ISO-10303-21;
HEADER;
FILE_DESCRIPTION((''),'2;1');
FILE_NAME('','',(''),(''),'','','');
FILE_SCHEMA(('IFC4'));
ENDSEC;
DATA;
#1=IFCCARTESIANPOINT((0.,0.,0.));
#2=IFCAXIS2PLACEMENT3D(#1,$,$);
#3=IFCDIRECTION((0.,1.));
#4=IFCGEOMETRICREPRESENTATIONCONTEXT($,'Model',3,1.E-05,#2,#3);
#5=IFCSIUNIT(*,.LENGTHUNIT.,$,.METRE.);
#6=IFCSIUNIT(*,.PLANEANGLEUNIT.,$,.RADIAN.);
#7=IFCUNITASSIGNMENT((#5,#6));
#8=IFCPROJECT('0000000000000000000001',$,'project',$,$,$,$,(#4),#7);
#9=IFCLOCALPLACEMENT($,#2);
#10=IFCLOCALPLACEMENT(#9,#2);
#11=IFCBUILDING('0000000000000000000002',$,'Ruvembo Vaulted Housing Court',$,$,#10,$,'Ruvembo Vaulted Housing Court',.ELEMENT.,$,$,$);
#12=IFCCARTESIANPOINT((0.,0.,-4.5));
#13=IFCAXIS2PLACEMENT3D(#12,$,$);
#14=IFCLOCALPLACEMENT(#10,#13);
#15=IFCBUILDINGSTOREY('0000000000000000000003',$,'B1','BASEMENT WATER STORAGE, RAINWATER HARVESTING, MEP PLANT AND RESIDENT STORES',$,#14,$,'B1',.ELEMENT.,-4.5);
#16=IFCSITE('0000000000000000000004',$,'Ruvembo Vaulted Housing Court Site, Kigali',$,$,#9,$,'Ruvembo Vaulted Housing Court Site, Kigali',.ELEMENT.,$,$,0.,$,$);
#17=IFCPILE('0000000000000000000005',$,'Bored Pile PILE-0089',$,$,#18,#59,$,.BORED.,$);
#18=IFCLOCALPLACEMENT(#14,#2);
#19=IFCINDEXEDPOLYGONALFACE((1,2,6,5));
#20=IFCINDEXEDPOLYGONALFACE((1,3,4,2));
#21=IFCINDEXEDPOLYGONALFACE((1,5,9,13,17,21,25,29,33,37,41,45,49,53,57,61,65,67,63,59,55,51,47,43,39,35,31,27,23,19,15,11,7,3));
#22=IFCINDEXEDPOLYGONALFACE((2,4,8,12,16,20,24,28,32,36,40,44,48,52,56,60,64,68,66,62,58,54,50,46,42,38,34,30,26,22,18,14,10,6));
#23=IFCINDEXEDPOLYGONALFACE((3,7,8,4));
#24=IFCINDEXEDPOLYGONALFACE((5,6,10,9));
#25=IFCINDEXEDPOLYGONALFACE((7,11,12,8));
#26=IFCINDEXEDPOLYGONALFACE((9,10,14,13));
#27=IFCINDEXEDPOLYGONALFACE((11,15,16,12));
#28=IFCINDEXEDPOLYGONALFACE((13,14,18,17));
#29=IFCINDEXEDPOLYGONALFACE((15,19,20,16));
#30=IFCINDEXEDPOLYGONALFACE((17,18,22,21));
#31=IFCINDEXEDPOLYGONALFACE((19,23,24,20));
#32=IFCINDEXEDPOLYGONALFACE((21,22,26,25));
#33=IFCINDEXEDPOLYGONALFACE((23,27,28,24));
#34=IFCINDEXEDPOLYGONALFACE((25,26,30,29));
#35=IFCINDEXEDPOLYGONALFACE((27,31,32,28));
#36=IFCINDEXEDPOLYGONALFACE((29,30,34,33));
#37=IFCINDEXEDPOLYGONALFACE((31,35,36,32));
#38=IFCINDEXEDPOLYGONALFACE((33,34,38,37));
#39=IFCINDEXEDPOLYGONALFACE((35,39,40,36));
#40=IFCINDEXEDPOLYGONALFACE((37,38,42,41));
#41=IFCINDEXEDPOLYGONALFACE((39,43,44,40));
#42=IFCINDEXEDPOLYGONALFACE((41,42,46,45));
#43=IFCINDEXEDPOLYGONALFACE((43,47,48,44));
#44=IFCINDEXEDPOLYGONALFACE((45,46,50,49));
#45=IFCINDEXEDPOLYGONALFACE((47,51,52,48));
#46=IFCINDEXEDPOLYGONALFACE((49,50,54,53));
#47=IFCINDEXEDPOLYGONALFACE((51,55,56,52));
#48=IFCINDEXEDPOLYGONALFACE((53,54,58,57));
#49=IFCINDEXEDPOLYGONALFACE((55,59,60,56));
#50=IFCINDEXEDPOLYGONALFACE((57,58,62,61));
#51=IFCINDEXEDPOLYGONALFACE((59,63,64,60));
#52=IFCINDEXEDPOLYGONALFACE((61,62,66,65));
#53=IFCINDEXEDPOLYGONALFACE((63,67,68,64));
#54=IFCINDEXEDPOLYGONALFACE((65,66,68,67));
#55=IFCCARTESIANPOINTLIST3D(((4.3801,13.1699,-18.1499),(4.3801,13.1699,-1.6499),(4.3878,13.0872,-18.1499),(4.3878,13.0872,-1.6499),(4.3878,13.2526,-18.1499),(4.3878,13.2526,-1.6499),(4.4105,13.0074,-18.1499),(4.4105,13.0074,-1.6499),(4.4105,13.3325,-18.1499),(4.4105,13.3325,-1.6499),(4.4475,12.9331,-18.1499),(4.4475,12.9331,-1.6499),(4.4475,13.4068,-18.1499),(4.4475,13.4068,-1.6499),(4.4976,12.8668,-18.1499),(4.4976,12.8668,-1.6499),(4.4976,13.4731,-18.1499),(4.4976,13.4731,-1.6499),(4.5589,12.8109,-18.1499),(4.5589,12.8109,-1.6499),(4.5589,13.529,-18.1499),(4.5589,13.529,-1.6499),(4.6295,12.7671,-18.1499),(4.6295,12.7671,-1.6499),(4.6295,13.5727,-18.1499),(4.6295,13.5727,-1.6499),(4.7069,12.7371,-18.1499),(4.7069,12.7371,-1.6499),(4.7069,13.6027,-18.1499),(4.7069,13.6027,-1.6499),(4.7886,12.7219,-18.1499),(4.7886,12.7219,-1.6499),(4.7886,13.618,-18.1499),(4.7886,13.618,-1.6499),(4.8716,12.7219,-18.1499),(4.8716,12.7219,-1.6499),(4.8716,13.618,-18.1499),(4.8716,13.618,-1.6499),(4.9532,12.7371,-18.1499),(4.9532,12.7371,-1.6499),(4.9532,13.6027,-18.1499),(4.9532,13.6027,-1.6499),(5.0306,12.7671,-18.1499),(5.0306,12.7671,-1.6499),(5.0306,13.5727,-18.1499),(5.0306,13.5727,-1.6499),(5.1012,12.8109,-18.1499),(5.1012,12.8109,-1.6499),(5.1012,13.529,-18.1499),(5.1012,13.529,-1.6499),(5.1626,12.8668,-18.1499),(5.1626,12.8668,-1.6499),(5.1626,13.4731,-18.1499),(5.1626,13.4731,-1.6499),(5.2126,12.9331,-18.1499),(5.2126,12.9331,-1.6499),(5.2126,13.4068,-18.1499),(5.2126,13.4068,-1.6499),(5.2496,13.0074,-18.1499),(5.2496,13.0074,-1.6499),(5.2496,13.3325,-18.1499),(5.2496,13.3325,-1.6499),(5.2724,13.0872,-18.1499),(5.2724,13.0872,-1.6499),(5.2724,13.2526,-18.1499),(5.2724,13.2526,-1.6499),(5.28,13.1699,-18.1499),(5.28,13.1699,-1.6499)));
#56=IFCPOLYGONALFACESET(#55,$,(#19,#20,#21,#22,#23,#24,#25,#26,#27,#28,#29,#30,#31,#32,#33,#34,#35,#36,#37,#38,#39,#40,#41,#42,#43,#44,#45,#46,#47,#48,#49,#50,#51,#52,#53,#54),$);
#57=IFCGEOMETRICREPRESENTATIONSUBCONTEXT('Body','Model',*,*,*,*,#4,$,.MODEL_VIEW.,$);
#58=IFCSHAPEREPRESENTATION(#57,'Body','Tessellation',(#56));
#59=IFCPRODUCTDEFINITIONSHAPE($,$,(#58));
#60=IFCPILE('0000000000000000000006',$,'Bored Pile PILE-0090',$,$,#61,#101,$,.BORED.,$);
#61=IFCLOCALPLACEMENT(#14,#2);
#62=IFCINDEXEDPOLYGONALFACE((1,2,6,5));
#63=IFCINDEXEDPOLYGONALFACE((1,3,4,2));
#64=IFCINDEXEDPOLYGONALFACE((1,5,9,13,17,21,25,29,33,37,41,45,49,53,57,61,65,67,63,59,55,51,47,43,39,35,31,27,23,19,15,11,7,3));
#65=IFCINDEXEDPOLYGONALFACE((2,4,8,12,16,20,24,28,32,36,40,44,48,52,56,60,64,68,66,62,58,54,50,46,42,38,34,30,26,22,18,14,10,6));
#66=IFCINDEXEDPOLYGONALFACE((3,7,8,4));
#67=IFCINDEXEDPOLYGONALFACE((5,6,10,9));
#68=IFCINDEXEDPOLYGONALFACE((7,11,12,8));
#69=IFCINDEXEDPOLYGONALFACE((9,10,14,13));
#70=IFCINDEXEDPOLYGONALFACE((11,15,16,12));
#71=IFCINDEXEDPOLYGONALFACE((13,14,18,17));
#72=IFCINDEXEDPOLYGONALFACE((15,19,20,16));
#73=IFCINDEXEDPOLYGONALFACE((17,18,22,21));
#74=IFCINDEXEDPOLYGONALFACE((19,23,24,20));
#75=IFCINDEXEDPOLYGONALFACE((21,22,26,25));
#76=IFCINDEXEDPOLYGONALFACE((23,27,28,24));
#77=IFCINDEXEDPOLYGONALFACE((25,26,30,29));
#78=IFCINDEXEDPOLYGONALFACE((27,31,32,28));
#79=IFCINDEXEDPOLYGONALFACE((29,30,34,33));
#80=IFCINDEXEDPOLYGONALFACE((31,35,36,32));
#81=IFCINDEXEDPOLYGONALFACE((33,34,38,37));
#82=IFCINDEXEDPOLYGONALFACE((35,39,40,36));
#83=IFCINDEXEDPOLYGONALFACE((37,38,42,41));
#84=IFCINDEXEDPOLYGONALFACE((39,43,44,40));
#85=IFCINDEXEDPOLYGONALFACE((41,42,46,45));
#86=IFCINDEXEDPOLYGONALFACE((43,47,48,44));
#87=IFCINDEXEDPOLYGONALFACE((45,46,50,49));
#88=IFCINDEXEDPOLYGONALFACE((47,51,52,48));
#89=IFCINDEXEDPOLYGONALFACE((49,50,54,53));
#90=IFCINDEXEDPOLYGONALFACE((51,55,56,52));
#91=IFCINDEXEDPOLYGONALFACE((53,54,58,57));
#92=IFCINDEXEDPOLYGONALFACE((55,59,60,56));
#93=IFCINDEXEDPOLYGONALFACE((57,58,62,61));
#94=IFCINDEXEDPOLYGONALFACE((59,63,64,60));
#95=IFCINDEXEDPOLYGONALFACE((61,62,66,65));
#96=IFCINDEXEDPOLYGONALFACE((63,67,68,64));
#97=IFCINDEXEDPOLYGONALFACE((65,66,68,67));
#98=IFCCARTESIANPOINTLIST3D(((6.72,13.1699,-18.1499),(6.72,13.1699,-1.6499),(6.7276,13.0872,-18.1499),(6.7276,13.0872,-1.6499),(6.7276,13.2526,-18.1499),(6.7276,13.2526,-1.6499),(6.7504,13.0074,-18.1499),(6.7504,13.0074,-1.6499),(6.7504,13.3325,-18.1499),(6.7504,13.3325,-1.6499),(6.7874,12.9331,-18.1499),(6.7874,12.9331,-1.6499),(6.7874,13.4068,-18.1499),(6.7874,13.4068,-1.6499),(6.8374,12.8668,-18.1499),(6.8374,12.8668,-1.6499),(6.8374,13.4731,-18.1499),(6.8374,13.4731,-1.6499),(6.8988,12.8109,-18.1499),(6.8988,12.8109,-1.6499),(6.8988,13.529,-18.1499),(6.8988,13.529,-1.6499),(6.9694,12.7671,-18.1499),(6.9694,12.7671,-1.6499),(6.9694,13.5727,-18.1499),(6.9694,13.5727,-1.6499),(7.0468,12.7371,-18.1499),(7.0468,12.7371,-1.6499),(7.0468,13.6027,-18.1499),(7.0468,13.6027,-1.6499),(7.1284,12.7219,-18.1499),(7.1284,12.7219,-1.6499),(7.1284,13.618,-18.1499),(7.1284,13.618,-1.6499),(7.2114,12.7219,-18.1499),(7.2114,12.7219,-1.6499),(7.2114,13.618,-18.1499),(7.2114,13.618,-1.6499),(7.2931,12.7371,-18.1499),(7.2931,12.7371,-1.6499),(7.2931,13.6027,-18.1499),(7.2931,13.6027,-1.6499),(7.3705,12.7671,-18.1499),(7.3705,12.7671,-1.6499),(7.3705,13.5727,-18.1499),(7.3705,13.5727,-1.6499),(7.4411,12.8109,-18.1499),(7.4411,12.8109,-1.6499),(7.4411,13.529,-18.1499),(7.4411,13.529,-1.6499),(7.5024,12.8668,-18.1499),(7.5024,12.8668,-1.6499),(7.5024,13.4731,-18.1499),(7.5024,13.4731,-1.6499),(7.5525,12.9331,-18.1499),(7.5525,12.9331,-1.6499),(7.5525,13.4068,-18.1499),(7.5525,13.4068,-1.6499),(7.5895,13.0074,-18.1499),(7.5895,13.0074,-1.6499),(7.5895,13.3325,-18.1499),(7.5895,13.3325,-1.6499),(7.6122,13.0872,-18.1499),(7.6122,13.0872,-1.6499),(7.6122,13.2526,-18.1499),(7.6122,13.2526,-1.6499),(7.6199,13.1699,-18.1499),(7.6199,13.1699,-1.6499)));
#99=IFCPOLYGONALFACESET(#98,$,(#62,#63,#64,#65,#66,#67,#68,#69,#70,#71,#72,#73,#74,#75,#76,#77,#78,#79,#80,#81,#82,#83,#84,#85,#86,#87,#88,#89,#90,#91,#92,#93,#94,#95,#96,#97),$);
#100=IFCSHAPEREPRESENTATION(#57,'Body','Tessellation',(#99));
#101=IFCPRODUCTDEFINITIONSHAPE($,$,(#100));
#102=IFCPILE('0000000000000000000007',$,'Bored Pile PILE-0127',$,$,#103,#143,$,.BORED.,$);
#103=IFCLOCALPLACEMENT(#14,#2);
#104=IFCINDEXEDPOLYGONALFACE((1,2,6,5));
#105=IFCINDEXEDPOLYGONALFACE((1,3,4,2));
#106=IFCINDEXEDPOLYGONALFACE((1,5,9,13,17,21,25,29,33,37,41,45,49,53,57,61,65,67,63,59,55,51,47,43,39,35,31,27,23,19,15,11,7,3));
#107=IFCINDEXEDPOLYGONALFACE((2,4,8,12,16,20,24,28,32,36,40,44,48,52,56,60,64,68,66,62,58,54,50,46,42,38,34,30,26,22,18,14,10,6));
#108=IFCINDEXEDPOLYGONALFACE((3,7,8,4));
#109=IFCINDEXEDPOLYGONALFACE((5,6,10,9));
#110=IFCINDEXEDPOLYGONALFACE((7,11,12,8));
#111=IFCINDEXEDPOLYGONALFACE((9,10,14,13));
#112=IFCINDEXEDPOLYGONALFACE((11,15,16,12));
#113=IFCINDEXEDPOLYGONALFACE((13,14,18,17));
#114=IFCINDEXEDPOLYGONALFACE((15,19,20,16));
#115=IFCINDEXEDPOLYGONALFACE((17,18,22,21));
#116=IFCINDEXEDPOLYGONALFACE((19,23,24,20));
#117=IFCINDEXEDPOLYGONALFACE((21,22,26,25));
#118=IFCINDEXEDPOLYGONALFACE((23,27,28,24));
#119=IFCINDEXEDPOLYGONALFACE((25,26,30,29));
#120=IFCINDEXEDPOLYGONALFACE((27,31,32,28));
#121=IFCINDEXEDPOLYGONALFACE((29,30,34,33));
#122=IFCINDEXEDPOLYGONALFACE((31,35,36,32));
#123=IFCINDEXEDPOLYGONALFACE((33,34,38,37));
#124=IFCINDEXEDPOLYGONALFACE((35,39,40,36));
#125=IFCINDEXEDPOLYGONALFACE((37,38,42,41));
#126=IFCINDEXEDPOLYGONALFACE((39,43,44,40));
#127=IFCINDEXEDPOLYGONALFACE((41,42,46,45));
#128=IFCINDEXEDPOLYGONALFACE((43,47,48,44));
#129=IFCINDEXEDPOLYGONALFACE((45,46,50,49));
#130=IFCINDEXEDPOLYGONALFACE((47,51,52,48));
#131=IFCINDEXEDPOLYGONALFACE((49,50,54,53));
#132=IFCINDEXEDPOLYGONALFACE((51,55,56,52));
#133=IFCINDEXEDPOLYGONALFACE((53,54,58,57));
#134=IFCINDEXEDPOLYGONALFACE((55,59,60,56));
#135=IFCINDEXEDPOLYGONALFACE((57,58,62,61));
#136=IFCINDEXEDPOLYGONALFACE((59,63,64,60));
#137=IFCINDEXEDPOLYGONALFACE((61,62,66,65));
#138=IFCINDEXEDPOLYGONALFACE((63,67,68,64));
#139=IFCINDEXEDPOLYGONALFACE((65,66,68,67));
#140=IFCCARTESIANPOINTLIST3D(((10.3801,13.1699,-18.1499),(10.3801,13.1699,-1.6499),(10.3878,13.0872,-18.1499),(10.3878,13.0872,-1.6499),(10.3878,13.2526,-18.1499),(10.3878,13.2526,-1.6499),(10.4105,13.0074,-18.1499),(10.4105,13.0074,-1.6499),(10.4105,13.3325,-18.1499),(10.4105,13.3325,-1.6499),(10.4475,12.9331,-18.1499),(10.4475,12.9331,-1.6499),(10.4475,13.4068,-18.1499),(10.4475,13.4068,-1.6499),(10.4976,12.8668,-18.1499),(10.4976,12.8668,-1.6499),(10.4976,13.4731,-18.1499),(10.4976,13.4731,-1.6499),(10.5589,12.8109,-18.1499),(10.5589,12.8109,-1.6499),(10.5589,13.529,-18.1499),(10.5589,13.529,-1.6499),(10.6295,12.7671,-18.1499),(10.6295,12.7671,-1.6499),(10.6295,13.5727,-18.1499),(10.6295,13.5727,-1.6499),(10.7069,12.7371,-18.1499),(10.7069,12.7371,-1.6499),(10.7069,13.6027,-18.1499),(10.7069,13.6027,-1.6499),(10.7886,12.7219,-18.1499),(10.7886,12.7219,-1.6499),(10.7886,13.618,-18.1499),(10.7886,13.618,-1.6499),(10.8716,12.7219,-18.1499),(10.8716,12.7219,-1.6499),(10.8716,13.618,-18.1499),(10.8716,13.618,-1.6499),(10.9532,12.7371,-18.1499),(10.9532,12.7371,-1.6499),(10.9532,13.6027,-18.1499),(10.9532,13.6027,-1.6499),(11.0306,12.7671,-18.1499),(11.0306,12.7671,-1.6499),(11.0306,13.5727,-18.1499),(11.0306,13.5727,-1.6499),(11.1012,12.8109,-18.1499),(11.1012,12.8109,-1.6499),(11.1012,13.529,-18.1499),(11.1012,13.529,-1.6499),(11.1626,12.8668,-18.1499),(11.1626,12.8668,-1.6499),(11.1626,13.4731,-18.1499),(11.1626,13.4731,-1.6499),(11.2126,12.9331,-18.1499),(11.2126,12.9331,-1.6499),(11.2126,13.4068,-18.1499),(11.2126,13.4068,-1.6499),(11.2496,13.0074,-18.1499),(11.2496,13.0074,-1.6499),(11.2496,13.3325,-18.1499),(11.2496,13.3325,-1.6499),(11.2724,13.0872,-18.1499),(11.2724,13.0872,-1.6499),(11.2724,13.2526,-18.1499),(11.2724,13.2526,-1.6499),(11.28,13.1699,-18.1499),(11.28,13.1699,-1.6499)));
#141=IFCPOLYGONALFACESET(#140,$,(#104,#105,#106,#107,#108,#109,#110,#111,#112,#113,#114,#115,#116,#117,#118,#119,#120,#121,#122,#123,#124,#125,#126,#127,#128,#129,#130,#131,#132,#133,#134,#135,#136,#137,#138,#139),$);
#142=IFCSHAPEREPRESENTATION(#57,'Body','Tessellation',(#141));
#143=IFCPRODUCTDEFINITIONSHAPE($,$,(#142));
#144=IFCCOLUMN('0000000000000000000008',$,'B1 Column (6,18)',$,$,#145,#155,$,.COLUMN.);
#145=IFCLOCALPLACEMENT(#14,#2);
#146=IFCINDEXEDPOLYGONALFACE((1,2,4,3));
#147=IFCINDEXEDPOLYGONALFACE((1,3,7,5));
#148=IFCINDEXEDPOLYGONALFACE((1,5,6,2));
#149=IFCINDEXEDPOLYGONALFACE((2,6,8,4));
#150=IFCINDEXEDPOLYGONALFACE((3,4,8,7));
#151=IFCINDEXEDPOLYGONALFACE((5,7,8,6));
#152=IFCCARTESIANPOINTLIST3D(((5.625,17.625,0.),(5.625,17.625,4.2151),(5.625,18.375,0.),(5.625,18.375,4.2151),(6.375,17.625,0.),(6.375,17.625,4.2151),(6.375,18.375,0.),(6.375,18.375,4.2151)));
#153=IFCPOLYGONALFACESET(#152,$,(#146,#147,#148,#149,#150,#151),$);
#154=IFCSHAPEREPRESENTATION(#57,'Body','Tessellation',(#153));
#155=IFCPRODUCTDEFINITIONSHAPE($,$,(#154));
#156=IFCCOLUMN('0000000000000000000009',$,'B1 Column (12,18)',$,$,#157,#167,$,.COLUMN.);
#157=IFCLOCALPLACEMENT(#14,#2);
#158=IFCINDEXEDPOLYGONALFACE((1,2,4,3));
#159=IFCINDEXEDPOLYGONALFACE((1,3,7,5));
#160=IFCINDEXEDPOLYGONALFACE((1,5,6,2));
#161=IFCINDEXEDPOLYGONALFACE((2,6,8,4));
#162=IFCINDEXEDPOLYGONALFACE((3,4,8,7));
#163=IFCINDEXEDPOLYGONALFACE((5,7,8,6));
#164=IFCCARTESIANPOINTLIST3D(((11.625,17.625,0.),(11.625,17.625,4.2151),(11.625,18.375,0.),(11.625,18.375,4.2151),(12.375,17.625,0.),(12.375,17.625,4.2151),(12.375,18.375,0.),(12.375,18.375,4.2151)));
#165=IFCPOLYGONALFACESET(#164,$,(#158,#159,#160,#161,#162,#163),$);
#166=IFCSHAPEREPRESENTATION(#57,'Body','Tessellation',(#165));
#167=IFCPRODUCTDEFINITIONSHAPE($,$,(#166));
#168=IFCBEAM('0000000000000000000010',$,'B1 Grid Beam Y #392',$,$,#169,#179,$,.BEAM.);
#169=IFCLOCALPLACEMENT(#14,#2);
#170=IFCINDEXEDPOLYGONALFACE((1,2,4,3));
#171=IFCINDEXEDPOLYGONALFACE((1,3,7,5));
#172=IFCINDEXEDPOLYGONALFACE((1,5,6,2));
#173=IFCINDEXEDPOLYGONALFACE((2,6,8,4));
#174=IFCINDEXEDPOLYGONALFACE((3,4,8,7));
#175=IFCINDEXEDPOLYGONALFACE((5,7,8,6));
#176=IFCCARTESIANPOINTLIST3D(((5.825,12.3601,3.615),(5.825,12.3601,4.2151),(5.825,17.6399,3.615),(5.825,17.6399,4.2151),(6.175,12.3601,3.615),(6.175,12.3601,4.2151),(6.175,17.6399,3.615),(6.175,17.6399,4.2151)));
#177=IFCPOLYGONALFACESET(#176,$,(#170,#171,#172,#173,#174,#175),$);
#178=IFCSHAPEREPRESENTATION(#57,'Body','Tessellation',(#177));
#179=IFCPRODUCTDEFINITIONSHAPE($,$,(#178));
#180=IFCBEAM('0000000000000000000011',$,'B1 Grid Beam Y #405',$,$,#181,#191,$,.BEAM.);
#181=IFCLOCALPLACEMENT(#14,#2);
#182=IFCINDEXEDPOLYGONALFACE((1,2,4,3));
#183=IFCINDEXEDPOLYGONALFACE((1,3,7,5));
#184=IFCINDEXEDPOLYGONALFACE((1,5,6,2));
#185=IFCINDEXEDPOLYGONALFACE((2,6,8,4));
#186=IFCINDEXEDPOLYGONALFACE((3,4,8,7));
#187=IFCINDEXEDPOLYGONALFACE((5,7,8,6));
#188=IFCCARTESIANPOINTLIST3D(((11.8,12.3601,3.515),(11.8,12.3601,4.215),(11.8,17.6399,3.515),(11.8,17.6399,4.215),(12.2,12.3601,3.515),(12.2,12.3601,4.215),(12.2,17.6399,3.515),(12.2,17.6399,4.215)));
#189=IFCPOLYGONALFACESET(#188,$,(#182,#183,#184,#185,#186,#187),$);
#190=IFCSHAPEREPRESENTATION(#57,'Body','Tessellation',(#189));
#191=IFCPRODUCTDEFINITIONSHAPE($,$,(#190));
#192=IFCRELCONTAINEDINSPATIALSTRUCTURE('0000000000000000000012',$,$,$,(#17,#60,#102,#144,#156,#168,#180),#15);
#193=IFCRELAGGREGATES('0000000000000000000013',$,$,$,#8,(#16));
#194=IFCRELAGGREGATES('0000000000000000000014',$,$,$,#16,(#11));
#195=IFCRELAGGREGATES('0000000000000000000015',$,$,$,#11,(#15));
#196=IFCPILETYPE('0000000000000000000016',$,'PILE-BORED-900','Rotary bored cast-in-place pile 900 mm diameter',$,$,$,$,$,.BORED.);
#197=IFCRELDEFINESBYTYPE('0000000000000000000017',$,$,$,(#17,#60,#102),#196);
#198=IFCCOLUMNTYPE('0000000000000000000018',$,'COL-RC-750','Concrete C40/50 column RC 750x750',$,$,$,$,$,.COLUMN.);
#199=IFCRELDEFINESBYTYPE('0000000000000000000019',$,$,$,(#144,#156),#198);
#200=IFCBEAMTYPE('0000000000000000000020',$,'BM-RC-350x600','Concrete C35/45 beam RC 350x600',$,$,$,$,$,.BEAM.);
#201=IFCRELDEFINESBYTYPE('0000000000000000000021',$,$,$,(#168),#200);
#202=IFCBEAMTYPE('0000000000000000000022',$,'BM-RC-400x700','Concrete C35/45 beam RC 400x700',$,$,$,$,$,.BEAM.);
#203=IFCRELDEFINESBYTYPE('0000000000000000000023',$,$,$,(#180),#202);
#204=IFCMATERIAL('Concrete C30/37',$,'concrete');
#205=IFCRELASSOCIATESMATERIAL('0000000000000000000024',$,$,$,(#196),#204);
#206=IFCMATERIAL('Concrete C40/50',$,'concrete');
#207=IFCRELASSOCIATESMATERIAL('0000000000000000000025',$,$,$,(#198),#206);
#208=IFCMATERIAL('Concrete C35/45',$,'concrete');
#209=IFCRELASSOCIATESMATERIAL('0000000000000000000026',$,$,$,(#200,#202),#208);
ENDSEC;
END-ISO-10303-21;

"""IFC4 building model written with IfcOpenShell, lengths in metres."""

from ifc_helpers import new_model, si_unit, direction, frame, origin, origin_2d, place, context, subcontext, project, spatial, rectangle, circle, extrude, material, material_profile, profile_set, type_object, element, save


model = new_model("IFC4")

# Units and contexts
model_context = context("Model", 3, precision=1e-05, world=origin(), true_north=direction((0.0, 1.0)))
body_context = subcontext(model_context, "Body", "Model", "MODEL_VIEW")
ifc_project = project(units=[si_unit("LENGTHUNIT", "METRE"), si_unit("PLANEANGLEUNIT", "RADIAN")], contexts=[model_context])

# Site, building, storey
site_placement = place(None, origin())
site = spatial("IfcSite", under=ifc_project, at=site_placement, Name="Ruvembo Vaulted Housing Court Site, Kigali", LongName="Ruvembo Vaulted Housing Court Site, Kigali", CompositionType="ELEMENT", RefElevation=0.0)
building_placement = place(site_placement, origin())
building = spatial("IfcBuilding", under=site, at=building_placement, Name="Ruvembo Vaulted Housing Court", LongName="Ruvembo Vaulted Housing Court", CompositionType="ELEMENT")
storey_placement = place(building_placement, frame((0.0, 0.0, -4.5)))
storey = spatial("IfcBuildingStorey", under=building, at=storey_placement, Name="B1", Description="BASEMENT WATER STORAGE, RAINWATER HARVESTING, MEP PLANT AND RESIDENT STORES", LongName="B1", CompositionType="ELEMENT", Elevation=-4.5)

# Piles
ifc_material_1 = material(Name="Concrete C30/37", Category="concrete")
ifc_material_profile_1 = material_profile(ifc_material_1, circle(Radius=0.45, at=origin_2d()), Name="PILE D900")
ifc_profile_set_1 = profile_set([ifc_material_profile_1], Name="Concrete C30/37")
pile_type_1 = type_object("IfcPileType", Name="PILE-BORED-900", Description="Rotary bored cast-in-place pile 900 mm diameter", PredefinedType="BORED", material=ifc_profile_set_1)
for number, where, z_axis, x_axis, name in (
    (1, (4.8301, 13.1699, -1.6499), (0.0, 0.0, -1.0), (1.0, 0.0, 0.0), "Bored Pile PILE-0089"),
    (2, (7.1699, 13.1699, -1.6499), (0.0, 0.0, -1.0), (1.0, 0.0, 0.0), "Bored Pile PILE-0090"),
    (3, (10.8301, 13.1699, -1.6499), (0.0, 0.0, -1.0), (1.0, 0.0, 0.0), "Bored Pile PILE-0127"),
):
    element("IfcPile", number, at=place(storey_placement, frame(where, z_axis=z_axis, x_axis=x_axis)), inside=storey, type_object=pile_type_1, Name=name, PredefinedType="BORED", context=body_context, shape_type="SweptSolid", body=[
        extrude(circle(Radius=0.45, at=origin_2d()), origin(), (0.0, 0.0, 1.0), 16.5),
    ])

# Columns
ifc_material_2 = material(Name="Concrete C40/50", Category="concrete")
ifc_material_profile_2 = material_profile(ifc_material_2, rectangle(XDim=0.75, YDim=0.75, at=origin_2d()), Name="RC 750x750")
ifc_profile_set_2 = profile_set([ifc_material_profile_2], Name="Concrete C40/50")
column_type = type_object("IfcColumnType", Name="COL-RC-750", Description="Concrete C40/50 column RC 750x750", PredefinedType="COLUMN", material=ifc_profile_set_2)
for number, where, z_axis, x_axis, name in (
    (4, (6.0, 18.0, 0.0), (0.0, 0.0, 1.0), (1.0, 0.0, 0.0), "B1 Column (6,18)"),
    (5, (12.0, 18.0, 0.0), (0.0, 0.0, 1.0), (1.0, 0.0, 0.0), "B1 Column (12,18)"),
):
    element("IfcColumn", number, at=place(storey_placement, frame(where, z_axis=z_axis, x_axis=x_axis)), inside=storey, type_object=column_type, Name=name, PredefinedType="COLUMN", context=body_context, shape_type="SweptSolid", body=[
        extrude(rectangle(XDim=0.75, YDim=0.75, at=origin_2d()), origin(), (0.0, 0.0, 1.0), 4.2151),
    ])

# Beams
ifc_material_3 = material(Name="Concrete C35/45", Category="concrete")
ifc_material_profile_3 = material_profile(ifc_material_3, rectangle(XDim=0.3501, YDim=0.6001, at=origin_2d()), Name="RC 350x600")
ifc_profile_set_3 = profile_set([ifc_material_profile_3], Name="Concrete C35/45")
beam_type_1 = type_object("IfcBeamType", Name="BM-RC-350x600", Description="Concrete C35/45 beam RC 350x600", PredefinedType="BEAM", material=ifc_profile_set_3)
beam_1_placement = place(storey_placement, frame((6.0, 12.3601, 3.915), z_axis=(0.0, 1.0, 0.0), x_axis=(-1.0, 0.0, 0.0)))
element("IfcBeam", 6, at=beam_1_placement, inside=storey, type_object=beam_type_1, Name="B1 Grid Beam Y #392", PredefinedType="BEAM", context=body_context, shape_type="SweptSolid", body=[
    extrude(rectangle(XDim=0.3501, YDim=0.6001, at=origin_2d()), origin(), (0.0, 0.0, 1.0), 5.2798),
])
ifc_material_profile_4 = material_profile(ifc_material_3, rectangle(XDim=0.3999, YDim=0.7, at=origin_2d()), Name="RC 400x700")
ifc_profile_set_4 = profile_set([ifc_material_profile_4], Name="Concrete C35/45")
beam_type_2 = type_object("IfcBeamType", Name="BM-RC-400x700", Description="Concrete C35/45 beam RC 400x700", PredefinedType="BEAM", material=ifc_profile_set_4)
beam_2_placement = place(storey_placement, frame((12.0, 12.3601, 3.865), z_axis=(0.0, 1.0, 0.0), x_axis=(-1.0, 0.0, 0.0)))
element("IfcBeam", 7, at=beam_2_placement, inside=storey, type_object=beam_type_2, Name="B1 Grid Beam Y #405", PredefinedType="BEAM", context=body_context, shape_type="SweptSolid", body=[
    extrude(rectangle(XDim=0.3999, YDim=0.7, at=origin_2d()), origin(), (0.0, 0.0, 1.0), 5.2798),
])

save(model, "model.ifc")
